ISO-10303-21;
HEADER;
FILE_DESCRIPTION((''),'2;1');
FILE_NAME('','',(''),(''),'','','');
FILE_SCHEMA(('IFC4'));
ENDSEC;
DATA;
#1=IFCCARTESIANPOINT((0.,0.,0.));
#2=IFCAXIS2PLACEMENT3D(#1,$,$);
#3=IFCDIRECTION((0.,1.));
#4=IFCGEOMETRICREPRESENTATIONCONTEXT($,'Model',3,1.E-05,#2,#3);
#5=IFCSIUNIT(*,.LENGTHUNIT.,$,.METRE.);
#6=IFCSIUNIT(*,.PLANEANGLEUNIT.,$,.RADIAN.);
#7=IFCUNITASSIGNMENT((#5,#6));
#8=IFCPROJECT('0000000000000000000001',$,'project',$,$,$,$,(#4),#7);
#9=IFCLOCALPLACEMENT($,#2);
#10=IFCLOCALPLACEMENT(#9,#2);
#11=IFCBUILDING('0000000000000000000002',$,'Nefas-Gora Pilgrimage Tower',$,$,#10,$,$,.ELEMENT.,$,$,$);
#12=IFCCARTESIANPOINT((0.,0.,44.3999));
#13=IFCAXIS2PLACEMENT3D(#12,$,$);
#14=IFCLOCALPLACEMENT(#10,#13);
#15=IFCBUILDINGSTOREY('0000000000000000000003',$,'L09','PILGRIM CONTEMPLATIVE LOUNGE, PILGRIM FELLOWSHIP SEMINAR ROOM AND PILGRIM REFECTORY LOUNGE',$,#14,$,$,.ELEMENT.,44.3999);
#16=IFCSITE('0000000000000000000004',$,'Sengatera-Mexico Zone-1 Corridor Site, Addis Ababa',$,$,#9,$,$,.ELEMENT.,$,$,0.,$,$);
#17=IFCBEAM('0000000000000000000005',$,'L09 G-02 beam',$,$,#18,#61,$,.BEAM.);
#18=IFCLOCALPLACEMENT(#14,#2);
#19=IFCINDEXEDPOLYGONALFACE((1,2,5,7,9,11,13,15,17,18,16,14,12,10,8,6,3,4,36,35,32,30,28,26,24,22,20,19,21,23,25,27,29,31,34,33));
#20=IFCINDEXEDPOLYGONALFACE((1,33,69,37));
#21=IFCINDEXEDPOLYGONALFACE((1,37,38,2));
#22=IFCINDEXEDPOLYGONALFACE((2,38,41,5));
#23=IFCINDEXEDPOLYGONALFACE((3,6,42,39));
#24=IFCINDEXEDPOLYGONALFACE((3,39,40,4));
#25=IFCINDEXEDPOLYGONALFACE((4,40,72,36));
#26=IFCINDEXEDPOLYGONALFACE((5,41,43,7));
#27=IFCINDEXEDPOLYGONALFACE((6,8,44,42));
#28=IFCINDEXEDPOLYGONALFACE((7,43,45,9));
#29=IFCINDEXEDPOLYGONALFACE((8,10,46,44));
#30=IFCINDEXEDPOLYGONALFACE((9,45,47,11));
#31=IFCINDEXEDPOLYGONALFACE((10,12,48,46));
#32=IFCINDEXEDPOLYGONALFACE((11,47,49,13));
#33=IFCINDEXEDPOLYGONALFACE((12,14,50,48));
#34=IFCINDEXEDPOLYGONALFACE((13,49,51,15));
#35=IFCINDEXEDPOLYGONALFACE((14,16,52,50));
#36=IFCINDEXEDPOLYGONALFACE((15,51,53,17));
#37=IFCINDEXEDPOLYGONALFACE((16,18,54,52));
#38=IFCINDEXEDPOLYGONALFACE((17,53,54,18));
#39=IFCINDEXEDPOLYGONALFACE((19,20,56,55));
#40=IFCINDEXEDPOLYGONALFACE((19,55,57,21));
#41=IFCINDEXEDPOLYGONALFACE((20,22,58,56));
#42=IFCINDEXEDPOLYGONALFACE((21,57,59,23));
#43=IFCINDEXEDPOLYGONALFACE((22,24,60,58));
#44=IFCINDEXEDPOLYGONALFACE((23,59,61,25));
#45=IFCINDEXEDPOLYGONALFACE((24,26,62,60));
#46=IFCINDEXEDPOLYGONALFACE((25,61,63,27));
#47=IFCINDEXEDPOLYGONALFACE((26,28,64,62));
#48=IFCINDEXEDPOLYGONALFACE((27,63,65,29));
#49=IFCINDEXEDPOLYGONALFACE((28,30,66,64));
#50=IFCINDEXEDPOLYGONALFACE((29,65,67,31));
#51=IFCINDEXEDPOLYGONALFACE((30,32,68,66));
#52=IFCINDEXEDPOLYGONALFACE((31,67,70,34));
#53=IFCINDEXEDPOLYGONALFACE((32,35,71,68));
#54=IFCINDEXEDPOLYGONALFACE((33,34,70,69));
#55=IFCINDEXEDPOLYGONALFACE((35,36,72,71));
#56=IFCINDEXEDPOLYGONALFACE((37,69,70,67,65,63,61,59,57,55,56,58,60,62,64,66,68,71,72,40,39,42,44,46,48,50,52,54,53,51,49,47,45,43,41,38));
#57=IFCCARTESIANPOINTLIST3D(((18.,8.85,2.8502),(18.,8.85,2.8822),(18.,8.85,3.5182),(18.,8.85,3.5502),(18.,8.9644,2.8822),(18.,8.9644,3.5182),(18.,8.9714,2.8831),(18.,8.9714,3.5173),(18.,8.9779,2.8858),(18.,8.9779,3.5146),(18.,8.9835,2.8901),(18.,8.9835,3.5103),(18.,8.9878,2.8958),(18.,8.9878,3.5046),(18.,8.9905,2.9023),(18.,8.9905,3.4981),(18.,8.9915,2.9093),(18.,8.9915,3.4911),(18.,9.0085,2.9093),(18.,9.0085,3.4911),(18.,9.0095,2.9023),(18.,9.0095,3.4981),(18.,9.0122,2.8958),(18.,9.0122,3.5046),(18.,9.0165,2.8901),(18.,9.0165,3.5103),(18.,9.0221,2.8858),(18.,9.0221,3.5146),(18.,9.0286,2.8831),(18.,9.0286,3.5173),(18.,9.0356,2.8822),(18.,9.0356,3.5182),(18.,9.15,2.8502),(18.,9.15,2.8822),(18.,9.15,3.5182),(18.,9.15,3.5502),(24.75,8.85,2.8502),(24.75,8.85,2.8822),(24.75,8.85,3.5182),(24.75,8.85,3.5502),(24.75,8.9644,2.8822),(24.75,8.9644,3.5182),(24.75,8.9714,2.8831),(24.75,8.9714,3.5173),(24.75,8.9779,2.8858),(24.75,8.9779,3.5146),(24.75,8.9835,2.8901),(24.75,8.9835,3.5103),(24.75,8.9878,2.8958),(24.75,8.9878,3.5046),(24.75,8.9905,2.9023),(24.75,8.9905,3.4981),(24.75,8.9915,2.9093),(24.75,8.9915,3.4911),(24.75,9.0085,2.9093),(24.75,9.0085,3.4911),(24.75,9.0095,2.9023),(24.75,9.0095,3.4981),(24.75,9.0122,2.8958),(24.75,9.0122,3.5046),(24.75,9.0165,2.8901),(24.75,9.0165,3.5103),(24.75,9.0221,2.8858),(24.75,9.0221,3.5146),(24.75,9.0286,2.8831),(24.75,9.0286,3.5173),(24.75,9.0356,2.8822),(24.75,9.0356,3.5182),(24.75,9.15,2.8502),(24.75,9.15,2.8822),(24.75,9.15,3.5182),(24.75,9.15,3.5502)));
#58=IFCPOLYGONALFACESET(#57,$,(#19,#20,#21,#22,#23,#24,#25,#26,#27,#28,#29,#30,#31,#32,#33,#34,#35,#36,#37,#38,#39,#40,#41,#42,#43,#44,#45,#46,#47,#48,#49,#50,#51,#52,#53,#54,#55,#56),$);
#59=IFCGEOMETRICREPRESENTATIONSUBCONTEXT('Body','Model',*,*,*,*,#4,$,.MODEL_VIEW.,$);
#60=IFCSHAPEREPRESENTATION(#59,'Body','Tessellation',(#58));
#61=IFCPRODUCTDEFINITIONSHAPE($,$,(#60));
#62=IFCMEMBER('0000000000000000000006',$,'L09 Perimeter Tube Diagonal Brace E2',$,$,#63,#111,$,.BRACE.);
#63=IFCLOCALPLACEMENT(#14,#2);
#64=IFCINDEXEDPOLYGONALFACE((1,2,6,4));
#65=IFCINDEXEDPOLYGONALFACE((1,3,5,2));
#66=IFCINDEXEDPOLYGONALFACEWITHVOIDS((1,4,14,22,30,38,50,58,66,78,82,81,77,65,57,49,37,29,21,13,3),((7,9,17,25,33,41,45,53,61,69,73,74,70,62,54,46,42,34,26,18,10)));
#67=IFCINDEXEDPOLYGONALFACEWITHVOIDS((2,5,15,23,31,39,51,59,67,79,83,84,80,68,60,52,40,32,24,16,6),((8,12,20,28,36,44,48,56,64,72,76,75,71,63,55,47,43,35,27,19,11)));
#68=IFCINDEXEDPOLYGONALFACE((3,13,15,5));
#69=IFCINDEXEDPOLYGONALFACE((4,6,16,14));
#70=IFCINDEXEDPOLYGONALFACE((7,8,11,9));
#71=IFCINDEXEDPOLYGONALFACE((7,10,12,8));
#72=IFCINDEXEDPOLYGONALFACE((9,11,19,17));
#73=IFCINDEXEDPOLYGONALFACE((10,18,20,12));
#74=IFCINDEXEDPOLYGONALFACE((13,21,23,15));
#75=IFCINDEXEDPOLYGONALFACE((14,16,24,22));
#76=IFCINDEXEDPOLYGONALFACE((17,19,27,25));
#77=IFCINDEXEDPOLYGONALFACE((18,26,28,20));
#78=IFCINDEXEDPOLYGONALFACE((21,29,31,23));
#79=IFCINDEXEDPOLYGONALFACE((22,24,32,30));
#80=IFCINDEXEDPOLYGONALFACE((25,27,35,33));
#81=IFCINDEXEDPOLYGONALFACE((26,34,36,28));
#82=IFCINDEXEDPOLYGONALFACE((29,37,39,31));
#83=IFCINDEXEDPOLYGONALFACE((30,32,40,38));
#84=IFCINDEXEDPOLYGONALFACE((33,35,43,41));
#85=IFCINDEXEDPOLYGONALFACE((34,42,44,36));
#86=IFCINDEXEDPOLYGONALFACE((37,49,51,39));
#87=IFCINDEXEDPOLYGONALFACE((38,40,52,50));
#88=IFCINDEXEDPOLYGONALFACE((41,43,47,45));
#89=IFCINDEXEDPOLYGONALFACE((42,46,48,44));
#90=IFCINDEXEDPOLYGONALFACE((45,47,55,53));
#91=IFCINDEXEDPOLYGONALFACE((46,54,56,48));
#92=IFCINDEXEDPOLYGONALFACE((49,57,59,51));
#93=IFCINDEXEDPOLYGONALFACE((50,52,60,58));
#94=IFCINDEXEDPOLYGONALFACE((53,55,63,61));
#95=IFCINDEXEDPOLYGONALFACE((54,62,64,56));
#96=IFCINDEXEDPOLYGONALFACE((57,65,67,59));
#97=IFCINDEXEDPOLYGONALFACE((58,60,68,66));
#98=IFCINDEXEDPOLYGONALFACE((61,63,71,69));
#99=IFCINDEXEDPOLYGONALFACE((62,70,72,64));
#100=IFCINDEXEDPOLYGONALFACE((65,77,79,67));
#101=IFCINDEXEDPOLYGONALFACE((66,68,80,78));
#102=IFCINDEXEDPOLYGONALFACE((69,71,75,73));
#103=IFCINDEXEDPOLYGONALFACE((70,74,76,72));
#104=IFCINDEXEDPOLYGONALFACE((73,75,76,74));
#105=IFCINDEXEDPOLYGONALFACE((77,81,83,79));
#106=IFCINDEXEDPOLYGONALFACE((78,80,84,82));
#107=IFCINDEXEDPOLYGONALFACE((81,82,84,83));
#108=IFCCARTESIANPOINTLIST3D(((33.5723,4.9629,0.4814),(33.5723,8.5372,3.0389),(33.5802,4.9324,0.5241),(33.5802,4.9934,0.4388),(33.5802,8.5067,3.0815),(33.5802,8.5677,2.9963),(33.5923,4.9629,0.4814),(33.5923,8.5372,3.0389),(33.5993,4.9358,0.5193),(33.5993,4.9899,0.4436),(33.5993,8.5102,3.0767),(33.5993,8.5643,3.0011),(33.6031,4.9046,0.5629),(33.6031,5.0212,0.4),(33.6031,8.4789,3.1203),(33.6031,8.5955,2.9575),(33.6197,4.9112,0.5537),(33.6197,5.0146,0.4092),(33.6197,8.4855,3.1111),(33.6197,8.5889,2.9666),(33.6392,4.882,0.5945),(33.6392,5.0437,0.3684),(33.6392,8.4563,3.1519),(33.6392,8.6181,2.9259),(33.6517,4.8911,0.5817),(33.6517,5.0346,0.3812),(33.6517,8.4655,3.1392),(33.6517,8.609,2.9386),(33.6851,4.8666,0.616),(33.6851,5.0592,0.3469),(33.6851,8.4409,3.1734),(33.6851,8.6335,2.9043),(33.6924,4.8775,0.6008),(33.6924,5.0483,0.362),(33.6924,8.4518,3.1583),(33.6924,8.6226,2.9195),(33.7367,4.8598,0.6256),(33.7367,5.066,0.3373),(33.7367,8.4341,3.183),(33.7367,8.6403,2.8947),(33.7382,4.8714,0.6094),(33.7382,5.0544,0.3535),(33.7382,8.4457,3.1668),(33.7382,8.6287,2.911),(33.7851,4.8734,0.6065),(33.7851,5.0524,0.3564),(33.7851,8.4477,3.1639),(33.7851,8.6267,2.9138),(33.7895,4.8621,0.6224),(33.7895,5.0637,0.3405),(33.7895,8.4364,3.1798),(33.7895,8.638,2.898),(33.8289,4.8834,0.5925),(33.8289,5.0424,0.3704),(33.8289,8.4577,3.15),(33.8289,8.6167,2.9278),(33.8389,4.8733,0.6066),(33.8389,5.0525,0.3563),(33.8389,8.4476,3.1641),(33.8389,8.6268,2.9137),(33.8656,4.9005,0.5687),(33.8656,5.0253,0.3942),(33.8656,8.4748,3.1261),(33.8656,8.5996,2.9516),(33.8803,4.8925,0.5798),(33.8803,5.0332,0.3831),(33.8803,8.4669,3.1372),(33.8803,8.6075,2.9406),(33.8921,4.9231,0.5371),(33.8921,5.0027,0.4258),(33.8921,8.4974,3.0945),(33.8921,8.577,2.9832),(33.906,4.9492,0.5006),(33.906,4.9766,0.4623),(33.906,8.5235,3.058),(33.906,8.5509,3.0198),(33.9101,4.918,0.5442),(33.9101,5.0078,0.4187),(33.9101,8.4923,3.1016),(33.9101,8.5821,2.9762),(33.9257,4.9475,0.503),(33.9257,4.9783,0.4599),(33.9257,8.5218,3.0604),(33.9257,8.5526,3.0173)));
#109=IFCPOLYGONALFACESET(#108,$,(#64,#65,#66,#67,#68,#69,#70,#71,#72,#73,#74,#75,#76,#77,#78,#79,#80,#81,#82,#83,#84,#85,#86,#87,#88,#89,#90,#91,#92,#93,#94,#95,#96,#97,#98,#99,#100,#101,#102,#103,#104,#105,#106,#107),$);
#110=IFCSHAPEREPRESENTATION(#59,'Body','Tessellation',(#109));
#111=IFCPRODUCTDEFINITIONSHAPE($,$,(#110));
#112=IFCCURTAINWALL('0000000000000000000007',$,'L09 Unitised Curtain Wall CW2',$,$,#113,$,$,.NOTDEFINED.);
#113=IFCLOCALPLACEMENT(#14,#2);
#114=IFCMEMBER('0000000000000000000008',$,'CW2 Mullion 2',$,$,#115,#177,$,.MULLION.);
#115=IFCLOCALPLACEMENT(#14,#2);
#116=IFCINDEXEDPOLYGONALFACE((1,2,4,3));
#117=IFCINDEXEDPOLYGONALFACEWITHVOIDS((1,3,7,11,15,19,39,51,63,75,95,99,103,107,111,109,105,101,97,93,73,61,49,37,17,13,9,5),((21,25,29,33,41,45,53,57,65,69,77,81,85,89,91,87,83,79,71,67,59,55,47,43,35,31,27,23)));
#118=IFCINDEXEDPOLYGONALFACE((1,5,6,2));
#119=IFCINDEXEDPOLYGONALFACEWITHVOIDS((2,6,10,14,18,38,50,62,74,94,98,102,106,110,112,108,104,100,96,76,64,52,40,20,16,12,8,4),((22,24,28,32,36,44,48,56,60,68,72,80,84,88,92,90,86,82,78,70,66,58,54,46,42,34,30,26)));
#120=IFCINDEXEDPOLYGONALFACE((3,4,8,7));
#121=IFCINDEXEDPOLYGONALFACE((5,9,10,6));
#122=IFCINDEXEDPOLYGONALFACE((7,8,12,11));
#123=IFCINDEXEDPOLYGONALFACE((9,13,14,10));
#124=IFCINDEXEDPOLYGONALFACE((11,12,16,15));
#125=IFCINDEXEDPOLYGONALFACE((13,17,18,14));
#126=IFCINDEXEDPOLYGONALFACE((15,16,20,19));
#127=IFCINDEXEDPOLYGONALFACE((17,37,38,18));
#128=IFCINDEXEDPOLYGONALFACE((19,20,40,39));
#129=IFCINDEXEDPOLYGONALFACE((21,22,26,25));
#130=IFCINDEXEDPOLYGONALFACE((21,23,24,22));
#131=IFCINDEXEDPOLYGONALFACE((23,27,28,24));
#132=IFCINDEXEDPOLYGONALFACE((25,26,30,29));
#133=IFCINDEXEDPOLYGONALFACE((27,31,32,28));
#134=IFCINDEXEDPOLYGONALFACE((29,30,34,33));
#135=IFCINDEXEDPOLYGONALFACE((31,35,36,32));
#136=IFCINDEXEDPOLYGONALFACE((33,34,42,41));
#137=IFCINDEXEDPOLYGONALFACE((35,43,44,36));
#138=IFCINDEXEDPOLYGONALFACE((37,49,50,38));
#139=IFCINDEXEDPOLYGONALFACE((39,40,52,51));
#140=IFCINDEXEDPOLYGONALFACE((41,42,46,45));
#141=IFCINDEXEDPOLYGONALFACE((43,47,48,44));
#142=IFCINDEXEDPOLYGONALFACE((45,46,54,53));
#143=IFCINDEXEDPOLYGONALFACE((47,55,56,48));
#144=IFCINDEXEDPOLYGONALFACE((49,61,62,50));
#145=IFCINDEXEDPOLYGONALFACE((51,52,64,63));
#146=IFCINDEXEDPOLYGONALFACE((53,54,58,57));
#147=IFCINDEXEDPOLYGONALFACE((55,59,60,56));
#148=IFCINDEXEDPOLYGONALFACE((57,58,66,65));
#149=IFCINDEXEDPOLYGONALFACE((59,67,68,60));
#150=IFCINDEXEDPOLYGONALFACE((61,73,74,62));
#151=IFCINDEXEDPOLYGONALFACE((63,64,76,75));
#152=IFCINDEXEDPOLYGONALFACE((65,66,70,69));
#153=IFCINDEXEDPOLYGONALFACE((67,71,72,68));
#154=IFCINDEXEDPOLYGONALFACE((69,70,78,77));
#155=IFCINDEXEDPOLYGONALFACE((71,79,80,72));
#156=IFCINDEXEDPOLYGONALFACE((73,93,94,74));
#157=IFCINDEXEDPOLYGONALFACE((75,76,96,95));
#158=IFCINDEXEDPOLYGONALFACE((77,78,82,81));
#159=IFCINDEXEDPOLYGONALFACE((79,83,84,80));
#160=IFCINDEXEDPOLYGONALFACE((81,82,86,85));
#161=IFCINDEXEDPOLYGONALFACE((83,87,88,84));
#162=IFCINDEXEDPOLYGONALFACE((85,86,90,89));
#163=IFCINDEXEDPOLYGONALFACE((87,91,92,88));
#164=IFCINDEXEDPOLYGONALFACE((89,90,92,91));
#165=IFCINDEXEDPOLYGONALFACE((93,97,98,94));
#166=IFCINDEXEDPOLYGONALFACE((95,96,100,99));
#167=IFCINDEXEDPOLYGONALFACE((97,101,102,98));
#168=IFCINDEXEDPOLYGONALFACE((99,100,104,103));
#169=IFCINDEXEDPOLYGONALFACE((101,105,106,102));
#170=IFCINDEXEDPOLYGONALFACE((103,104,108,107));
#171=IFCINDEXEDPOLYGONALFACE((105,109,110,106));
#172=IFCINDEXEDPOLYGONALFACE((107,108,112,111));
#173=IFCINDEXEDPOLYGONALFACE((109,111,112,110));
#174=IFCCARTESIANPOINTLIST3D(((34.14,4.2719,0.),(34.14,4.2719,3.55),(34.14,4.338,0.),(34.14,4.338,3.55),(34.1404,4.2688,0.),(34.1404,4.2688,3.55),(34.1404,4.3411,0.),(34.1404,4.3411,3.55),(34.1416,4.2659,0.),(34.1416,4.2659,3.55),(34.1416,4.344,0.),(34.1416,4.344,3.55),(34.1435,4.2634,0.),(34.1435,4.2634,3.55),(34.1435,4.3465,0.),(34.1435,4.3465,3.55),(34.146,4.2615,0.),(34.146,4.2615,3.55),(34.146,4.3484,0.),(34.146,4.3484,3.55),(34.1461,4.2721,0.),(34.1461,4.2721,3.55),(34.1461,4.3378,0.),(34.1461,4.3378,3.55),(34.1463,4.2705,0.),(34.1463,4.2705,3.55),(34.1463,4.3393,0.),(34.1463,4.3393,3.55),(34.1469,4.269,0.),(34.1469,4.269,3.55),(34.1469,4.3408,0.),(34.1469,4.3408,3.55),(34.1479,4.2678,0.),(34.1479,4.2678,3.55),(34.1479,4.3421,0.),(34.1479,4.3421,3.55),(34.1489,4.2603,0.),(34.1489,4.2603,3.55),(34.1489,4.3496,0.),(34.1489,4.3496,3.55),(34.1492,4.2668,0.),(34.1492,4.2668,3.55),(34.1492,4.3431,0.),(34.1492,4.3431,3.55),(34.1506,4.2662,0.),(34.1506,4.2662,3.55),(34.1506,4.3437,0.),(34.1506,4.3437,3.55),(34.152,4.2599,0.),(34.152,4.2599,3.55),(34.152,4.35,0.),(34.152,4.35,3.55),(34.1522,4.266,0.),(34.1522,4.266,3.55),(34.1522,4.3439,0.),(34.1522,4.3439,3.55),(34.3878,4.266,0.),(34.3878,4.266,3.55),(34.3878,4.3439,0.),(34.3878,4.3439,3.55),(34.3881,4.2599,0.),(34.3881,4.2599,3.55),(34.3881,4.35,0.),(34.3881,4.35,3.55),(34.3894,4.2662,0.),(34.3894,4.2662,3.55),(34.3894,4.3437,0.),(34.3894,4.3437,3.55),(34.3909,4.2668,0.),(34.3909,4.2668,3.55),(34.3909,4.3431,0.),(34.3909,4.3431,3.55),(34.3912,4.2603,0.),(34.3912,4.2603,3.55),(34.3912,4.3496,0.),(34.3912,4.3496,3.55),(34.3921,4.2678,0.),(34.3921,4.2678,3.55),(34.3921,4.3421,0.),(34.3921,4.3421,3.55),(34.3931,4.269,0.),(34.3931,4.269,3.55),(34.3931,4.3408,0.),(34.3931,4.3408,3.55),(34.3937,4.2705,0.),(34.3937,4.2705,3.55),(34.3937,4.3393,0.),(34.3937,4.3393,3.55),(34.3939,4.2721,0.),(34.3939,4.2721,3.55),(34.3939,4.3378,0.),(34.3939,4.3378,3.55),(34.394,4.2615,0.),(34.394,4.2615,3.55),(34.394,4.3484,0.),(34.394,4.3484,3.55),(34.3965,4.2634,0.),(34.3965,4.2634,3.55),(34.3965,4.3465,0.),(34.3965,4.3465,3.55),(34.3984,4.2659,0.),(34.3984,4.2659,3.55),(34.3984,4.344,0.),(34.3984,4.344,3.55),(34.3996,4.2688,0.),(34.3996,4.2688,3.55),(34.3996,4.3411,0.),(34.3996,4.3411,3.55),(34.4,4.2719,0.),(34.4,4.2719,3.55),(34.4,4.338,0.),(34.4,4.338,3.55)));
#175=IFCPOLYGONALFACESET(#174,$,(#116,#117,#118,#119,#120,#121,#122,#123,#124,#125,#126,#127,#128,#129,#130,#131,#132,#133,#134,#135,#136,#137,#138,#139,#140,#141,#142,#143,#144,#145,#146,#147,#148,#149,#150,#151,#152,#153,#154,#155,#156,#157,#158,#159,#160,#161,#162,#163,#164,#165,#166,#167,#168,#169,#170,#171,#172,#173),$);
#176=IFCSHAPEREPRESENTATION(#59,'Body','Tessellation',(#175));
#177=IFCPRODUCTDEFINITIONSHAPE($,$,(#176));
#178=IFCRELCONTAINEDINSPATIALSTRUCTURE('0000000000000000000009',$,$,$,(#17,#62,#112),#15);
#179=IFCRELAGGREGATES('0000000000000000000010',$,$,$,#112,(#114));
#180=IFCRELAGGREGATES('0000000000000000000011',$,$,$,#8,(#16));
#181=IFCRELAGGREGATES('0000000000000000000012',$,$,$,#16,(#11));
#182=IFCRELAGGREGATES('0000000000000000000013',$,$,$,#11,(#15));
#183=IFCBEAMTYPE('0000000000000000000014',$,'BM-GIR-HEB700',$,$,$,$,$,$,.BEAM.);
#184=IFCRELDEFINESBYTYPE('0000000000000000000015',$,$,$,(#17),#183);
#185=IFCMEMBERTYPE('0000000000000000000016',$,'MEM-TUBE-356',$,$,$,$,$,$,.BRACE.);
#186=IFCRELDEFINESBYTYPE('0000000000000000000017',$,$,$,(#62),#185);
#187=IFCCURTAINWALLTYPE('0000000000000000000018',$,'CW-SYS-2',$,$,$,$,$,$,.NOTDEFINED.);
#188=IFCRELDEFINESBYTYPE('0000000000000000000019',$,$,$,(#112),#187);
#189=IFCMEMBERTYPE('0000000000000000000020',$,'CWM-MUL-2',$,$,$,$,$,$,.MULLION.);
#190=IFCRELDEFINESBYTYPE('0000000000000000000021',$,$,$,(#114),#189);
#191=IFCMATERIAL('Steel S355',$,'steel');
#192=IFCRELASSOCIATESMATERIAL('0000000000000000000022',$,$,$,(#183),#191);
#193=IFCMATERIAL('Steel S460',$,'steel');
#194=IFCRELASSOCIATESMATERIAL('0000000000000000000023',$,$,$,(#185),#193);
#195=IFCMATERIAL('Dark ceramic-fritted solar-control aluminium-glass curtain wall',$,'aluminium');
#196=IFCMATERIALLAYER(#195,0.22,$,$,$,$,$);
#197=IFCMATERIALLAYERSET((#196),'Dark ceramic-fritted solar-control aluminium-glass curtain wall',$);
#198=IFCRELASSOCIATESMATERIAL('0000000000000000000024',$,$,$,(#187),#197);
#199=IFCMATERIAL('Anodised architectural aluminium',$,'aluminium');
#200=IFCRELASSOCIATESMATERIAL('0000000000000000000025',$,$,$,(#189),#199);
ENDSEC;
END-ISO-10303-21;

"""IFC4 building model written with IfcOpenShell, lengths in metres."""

from ifc_helpers import new_model, si_unit, direction, frame, origin, origin_2d, place, context, subcontext, project, spatial, hollow_rectangle, hollow_circle, i_section, extrude, source, transform, mapped, material, layer, layer_set, material_profile, profile_set, type_object, element, aggregate, save


model = new_model("IFC4")

# Units and contexts
model_context = context("Model", 3, precision=1e-05, world=origin(), true_north=direction((0.0, 1.0)))
body_context = subcontext(model_context, "Body", "Model", "MODEL_VIEW")
ifc_project = project(units=[si_unit("LENGTHUNIT", "METRE"), si_unit("PLANEANGLEUNIT", "RADIAN")], contexts=[model_context])

# Site, building, storey
site_placement = place(None, origin())
site = spatial("IfcSite", under=ifc_project, at=site_placement, Name="Sengatera-Mexico Zone-1 Corridor Site, Addis Ababa", CompositionType="ELEMENT", RefElevation=0.0)
building_placement = place(site_placement, origin())
building = spatial("IfcBuilding", under=site, at=building_placement, Name="Nefas-Gora Pilgrimage Tower", CompositionType="ELEMENT")
storey_placement = place(building_placement, frame((0.0, 0.0, 44.3999)))
storey = spatial("IfcBuildingStorey", under=building, at=storey_placement, Name="L09", Description="PILGRIM CONTEMPLATIVE LOUNGE, PILGRIM FELLOWSHIP SEMINAR ROOM AND PILGRIM REFECTORY LOUNGE", CompositionType="ELEMENT", Elevation=44.3999)

# Shared definitions
ifc_material_1 = material(Name="Steel S460", Category="steel")

# Beam
ifc_material_2 = material(Name="Steel S355", Category="steel")
ifc_material_profile_1 = material_profile(ifc_material_2, i_section(OverallWidth=0.3, OverallDepth=0.7, WebThickness=0.0171, FlangeThickness=0.032, FilletRadius=0.0271, at=origin_2d()), Name="HEB 700")
ifc_profile_set_1 = profile_set([ifc_material_profile_1], Name="Steel S355")
beam_type_1 = type_object("IfcBeamType", Name="BM-GIR-HEB700", PredefinedType="BEAM", material=ifc_profile_set_1)
shared_shape_1 = source(origin(), body_context, "Body", "SweptSolid", [
    extrude(i_section(OverallWidth=0.3, OverallDepth=0.7, WebThickness=0.0171, FlangeThickness=0.032, FilletRadius=0.0271, at=origin_2d()), origin(), (0.0, 0.0, 1.0), 6.75),
])
for number, where, z_axis, x_axis, name in (
    (1, (18.0, 9.0, 3.2002), (1.0, 0.0, 0.0), (0.0, 1.0, 0.0), "L09 G-02 beam"),
):
    element("IfcBeam", number, at=place(storey_placement, frame(where, z_axis=z_axis, x_axis=x_axis)), inside=storey, type_object=beam_type_1, Name=name, PredefinedType="BEAM", context=body_context, shape_type="MappedRepresentation", body=[
        mapped(shared_shape_1, transform((0.0, 0.0, 0.0), x_axis=(1.0, 0.0, 0.0), y_axis=(0.0, 1.0, 0.0), z_axis=(0.0, 0.0, 1.0), scale=1.0)),
    ])

# Member
ifc_material_profile_2 = material_profile(ifc_material_1, hollow_circle(Radius=0.1777, WallThickness=0.02, at=origin_2d()), Name="CHS 355.6x20")
ifc_profile_set_2 = profile_set([ifc_material_profile_2], Name="Steel S460")
member_type_1 = type_object("IfcMemberType", Name="MEM-TUBE-356", PredefinedType="BRACE", material=ifc_profile_set_2)
shared_shape_2 = source(origin(), body_context, "Body", "SweptSolid", [
    extrude(hollow_circle(Radius=0.1777, WallThickness=0.02, at=origin_2d()), origin(), (0.0, 0.0, 1.0), 4.395),
])
member_1_placement = place(storey_placement, frame((33.75, 4.9629, 0.4814), z_axis=(0.0, 0.813264, 0.581895), x_axis=(-1.0, 0.0, 0.0)))
element("IfcMember", 2, at=member_1_placement, inside=storey, type_object=member_type_1, Name="L09 Perimeter Tube Diagonal Brace E2", PredefinedType="BRACE", context=body_context, shape_type="MappedRepresentation", body=[
    mapped(shared_shape_2, transform((0.0, 0.0, 0.0), x_axis=(1.0, 0.0, 0.0), y_axis=(0.0, 1.0, 0.0), z_axis=(0.0, 0.0, 1.0), scale=1.0)),
])

# Curtain wall, member
ifc_material_3 = material(Name="Dark ceramic-fritted solar-control aluminium-glass curtain wall", Category="aluminium")
ifc_layer_1 = layer(ifc_material_3, 0.22)
ifc_layer_set_1 = layer_set([ifc_layer_1], Name="Dark ceramic-fritted solar-control aluminium-glass curtain wall")
curtain_wall_type = type_object("IfcCurtainWallType", Name="CW-SYS-2", PredefinedType="NOTDEFINED", material=ifc_layer_set_1)
curtain_wall_placement = place(storey_placement, origin())
curtain_wall = element("IfcCurtainWall", 3, at=curtain_wall_placement, inside=storey, type_object=curtain_wall_type, Name="L09 Unitised Curtain Wall CW2", PredefinedType="NOTDEFINED")
ifc_material_4 = material(Name="Anodised architectural aluminium", Category="aluminium")
ifc_material_profile_3 = material_profile(ifc_material_4, hollow_rectangle(XDim=0.0901, YDim=0.26, WallThickness=0.0061, InnerFilletRadius=0.0061, OuterFilletRadius=0.012, at=origin_2d()), Name="ALU MULLION 90x260")
ifc_profile_set_3 = profile_set([ifc_material_profile_3], Name="Anodised architectural aluminium")
member_type_2 = type_object("IfcMemberType", Name="CWM-MUL-2", PredefinedType="MULLION", material=ifc_profile_set_3)
shared_shape_3 = source(origin(), body_context, "Body", "SweptSolid", [
    extrude(hollow_rectangle(XDim=0.0901, YDim=0.26, WallThickness=0.0061, InnerFilletRadius=0.0061, OuterFilletRadius=0.012, at=origin_2d()), origin(), (0.0, 0.0, 1.0), 3.55),
])
member_2_placement = place(storey_placement, frame((34.27, 4.3049, 0.0), z_axis=(0.0, 0.0, 1.0), x_axis=(0.0, 1.0, 0.0)))
member_2 = element("IfcMember", 4, at=member_2_placement, type_object=member_type_2, Name="CW2 Mullion 2", PredefinedType="MULLION", context=body_context, shape_type="MappedRepresentation", body=[
    mapped(shared_shape_3, transform((0.0, 0.0, 0.0), x_axis=(1.0, 0.0, 0.0), y_axis=(0.0, 1.0, 0.0), z_axis=(0.0, 0.0, 1.0), scale=1.0)),
])

aggregate(curtain_wall, [member_2])

save(model, "model.ifc")
